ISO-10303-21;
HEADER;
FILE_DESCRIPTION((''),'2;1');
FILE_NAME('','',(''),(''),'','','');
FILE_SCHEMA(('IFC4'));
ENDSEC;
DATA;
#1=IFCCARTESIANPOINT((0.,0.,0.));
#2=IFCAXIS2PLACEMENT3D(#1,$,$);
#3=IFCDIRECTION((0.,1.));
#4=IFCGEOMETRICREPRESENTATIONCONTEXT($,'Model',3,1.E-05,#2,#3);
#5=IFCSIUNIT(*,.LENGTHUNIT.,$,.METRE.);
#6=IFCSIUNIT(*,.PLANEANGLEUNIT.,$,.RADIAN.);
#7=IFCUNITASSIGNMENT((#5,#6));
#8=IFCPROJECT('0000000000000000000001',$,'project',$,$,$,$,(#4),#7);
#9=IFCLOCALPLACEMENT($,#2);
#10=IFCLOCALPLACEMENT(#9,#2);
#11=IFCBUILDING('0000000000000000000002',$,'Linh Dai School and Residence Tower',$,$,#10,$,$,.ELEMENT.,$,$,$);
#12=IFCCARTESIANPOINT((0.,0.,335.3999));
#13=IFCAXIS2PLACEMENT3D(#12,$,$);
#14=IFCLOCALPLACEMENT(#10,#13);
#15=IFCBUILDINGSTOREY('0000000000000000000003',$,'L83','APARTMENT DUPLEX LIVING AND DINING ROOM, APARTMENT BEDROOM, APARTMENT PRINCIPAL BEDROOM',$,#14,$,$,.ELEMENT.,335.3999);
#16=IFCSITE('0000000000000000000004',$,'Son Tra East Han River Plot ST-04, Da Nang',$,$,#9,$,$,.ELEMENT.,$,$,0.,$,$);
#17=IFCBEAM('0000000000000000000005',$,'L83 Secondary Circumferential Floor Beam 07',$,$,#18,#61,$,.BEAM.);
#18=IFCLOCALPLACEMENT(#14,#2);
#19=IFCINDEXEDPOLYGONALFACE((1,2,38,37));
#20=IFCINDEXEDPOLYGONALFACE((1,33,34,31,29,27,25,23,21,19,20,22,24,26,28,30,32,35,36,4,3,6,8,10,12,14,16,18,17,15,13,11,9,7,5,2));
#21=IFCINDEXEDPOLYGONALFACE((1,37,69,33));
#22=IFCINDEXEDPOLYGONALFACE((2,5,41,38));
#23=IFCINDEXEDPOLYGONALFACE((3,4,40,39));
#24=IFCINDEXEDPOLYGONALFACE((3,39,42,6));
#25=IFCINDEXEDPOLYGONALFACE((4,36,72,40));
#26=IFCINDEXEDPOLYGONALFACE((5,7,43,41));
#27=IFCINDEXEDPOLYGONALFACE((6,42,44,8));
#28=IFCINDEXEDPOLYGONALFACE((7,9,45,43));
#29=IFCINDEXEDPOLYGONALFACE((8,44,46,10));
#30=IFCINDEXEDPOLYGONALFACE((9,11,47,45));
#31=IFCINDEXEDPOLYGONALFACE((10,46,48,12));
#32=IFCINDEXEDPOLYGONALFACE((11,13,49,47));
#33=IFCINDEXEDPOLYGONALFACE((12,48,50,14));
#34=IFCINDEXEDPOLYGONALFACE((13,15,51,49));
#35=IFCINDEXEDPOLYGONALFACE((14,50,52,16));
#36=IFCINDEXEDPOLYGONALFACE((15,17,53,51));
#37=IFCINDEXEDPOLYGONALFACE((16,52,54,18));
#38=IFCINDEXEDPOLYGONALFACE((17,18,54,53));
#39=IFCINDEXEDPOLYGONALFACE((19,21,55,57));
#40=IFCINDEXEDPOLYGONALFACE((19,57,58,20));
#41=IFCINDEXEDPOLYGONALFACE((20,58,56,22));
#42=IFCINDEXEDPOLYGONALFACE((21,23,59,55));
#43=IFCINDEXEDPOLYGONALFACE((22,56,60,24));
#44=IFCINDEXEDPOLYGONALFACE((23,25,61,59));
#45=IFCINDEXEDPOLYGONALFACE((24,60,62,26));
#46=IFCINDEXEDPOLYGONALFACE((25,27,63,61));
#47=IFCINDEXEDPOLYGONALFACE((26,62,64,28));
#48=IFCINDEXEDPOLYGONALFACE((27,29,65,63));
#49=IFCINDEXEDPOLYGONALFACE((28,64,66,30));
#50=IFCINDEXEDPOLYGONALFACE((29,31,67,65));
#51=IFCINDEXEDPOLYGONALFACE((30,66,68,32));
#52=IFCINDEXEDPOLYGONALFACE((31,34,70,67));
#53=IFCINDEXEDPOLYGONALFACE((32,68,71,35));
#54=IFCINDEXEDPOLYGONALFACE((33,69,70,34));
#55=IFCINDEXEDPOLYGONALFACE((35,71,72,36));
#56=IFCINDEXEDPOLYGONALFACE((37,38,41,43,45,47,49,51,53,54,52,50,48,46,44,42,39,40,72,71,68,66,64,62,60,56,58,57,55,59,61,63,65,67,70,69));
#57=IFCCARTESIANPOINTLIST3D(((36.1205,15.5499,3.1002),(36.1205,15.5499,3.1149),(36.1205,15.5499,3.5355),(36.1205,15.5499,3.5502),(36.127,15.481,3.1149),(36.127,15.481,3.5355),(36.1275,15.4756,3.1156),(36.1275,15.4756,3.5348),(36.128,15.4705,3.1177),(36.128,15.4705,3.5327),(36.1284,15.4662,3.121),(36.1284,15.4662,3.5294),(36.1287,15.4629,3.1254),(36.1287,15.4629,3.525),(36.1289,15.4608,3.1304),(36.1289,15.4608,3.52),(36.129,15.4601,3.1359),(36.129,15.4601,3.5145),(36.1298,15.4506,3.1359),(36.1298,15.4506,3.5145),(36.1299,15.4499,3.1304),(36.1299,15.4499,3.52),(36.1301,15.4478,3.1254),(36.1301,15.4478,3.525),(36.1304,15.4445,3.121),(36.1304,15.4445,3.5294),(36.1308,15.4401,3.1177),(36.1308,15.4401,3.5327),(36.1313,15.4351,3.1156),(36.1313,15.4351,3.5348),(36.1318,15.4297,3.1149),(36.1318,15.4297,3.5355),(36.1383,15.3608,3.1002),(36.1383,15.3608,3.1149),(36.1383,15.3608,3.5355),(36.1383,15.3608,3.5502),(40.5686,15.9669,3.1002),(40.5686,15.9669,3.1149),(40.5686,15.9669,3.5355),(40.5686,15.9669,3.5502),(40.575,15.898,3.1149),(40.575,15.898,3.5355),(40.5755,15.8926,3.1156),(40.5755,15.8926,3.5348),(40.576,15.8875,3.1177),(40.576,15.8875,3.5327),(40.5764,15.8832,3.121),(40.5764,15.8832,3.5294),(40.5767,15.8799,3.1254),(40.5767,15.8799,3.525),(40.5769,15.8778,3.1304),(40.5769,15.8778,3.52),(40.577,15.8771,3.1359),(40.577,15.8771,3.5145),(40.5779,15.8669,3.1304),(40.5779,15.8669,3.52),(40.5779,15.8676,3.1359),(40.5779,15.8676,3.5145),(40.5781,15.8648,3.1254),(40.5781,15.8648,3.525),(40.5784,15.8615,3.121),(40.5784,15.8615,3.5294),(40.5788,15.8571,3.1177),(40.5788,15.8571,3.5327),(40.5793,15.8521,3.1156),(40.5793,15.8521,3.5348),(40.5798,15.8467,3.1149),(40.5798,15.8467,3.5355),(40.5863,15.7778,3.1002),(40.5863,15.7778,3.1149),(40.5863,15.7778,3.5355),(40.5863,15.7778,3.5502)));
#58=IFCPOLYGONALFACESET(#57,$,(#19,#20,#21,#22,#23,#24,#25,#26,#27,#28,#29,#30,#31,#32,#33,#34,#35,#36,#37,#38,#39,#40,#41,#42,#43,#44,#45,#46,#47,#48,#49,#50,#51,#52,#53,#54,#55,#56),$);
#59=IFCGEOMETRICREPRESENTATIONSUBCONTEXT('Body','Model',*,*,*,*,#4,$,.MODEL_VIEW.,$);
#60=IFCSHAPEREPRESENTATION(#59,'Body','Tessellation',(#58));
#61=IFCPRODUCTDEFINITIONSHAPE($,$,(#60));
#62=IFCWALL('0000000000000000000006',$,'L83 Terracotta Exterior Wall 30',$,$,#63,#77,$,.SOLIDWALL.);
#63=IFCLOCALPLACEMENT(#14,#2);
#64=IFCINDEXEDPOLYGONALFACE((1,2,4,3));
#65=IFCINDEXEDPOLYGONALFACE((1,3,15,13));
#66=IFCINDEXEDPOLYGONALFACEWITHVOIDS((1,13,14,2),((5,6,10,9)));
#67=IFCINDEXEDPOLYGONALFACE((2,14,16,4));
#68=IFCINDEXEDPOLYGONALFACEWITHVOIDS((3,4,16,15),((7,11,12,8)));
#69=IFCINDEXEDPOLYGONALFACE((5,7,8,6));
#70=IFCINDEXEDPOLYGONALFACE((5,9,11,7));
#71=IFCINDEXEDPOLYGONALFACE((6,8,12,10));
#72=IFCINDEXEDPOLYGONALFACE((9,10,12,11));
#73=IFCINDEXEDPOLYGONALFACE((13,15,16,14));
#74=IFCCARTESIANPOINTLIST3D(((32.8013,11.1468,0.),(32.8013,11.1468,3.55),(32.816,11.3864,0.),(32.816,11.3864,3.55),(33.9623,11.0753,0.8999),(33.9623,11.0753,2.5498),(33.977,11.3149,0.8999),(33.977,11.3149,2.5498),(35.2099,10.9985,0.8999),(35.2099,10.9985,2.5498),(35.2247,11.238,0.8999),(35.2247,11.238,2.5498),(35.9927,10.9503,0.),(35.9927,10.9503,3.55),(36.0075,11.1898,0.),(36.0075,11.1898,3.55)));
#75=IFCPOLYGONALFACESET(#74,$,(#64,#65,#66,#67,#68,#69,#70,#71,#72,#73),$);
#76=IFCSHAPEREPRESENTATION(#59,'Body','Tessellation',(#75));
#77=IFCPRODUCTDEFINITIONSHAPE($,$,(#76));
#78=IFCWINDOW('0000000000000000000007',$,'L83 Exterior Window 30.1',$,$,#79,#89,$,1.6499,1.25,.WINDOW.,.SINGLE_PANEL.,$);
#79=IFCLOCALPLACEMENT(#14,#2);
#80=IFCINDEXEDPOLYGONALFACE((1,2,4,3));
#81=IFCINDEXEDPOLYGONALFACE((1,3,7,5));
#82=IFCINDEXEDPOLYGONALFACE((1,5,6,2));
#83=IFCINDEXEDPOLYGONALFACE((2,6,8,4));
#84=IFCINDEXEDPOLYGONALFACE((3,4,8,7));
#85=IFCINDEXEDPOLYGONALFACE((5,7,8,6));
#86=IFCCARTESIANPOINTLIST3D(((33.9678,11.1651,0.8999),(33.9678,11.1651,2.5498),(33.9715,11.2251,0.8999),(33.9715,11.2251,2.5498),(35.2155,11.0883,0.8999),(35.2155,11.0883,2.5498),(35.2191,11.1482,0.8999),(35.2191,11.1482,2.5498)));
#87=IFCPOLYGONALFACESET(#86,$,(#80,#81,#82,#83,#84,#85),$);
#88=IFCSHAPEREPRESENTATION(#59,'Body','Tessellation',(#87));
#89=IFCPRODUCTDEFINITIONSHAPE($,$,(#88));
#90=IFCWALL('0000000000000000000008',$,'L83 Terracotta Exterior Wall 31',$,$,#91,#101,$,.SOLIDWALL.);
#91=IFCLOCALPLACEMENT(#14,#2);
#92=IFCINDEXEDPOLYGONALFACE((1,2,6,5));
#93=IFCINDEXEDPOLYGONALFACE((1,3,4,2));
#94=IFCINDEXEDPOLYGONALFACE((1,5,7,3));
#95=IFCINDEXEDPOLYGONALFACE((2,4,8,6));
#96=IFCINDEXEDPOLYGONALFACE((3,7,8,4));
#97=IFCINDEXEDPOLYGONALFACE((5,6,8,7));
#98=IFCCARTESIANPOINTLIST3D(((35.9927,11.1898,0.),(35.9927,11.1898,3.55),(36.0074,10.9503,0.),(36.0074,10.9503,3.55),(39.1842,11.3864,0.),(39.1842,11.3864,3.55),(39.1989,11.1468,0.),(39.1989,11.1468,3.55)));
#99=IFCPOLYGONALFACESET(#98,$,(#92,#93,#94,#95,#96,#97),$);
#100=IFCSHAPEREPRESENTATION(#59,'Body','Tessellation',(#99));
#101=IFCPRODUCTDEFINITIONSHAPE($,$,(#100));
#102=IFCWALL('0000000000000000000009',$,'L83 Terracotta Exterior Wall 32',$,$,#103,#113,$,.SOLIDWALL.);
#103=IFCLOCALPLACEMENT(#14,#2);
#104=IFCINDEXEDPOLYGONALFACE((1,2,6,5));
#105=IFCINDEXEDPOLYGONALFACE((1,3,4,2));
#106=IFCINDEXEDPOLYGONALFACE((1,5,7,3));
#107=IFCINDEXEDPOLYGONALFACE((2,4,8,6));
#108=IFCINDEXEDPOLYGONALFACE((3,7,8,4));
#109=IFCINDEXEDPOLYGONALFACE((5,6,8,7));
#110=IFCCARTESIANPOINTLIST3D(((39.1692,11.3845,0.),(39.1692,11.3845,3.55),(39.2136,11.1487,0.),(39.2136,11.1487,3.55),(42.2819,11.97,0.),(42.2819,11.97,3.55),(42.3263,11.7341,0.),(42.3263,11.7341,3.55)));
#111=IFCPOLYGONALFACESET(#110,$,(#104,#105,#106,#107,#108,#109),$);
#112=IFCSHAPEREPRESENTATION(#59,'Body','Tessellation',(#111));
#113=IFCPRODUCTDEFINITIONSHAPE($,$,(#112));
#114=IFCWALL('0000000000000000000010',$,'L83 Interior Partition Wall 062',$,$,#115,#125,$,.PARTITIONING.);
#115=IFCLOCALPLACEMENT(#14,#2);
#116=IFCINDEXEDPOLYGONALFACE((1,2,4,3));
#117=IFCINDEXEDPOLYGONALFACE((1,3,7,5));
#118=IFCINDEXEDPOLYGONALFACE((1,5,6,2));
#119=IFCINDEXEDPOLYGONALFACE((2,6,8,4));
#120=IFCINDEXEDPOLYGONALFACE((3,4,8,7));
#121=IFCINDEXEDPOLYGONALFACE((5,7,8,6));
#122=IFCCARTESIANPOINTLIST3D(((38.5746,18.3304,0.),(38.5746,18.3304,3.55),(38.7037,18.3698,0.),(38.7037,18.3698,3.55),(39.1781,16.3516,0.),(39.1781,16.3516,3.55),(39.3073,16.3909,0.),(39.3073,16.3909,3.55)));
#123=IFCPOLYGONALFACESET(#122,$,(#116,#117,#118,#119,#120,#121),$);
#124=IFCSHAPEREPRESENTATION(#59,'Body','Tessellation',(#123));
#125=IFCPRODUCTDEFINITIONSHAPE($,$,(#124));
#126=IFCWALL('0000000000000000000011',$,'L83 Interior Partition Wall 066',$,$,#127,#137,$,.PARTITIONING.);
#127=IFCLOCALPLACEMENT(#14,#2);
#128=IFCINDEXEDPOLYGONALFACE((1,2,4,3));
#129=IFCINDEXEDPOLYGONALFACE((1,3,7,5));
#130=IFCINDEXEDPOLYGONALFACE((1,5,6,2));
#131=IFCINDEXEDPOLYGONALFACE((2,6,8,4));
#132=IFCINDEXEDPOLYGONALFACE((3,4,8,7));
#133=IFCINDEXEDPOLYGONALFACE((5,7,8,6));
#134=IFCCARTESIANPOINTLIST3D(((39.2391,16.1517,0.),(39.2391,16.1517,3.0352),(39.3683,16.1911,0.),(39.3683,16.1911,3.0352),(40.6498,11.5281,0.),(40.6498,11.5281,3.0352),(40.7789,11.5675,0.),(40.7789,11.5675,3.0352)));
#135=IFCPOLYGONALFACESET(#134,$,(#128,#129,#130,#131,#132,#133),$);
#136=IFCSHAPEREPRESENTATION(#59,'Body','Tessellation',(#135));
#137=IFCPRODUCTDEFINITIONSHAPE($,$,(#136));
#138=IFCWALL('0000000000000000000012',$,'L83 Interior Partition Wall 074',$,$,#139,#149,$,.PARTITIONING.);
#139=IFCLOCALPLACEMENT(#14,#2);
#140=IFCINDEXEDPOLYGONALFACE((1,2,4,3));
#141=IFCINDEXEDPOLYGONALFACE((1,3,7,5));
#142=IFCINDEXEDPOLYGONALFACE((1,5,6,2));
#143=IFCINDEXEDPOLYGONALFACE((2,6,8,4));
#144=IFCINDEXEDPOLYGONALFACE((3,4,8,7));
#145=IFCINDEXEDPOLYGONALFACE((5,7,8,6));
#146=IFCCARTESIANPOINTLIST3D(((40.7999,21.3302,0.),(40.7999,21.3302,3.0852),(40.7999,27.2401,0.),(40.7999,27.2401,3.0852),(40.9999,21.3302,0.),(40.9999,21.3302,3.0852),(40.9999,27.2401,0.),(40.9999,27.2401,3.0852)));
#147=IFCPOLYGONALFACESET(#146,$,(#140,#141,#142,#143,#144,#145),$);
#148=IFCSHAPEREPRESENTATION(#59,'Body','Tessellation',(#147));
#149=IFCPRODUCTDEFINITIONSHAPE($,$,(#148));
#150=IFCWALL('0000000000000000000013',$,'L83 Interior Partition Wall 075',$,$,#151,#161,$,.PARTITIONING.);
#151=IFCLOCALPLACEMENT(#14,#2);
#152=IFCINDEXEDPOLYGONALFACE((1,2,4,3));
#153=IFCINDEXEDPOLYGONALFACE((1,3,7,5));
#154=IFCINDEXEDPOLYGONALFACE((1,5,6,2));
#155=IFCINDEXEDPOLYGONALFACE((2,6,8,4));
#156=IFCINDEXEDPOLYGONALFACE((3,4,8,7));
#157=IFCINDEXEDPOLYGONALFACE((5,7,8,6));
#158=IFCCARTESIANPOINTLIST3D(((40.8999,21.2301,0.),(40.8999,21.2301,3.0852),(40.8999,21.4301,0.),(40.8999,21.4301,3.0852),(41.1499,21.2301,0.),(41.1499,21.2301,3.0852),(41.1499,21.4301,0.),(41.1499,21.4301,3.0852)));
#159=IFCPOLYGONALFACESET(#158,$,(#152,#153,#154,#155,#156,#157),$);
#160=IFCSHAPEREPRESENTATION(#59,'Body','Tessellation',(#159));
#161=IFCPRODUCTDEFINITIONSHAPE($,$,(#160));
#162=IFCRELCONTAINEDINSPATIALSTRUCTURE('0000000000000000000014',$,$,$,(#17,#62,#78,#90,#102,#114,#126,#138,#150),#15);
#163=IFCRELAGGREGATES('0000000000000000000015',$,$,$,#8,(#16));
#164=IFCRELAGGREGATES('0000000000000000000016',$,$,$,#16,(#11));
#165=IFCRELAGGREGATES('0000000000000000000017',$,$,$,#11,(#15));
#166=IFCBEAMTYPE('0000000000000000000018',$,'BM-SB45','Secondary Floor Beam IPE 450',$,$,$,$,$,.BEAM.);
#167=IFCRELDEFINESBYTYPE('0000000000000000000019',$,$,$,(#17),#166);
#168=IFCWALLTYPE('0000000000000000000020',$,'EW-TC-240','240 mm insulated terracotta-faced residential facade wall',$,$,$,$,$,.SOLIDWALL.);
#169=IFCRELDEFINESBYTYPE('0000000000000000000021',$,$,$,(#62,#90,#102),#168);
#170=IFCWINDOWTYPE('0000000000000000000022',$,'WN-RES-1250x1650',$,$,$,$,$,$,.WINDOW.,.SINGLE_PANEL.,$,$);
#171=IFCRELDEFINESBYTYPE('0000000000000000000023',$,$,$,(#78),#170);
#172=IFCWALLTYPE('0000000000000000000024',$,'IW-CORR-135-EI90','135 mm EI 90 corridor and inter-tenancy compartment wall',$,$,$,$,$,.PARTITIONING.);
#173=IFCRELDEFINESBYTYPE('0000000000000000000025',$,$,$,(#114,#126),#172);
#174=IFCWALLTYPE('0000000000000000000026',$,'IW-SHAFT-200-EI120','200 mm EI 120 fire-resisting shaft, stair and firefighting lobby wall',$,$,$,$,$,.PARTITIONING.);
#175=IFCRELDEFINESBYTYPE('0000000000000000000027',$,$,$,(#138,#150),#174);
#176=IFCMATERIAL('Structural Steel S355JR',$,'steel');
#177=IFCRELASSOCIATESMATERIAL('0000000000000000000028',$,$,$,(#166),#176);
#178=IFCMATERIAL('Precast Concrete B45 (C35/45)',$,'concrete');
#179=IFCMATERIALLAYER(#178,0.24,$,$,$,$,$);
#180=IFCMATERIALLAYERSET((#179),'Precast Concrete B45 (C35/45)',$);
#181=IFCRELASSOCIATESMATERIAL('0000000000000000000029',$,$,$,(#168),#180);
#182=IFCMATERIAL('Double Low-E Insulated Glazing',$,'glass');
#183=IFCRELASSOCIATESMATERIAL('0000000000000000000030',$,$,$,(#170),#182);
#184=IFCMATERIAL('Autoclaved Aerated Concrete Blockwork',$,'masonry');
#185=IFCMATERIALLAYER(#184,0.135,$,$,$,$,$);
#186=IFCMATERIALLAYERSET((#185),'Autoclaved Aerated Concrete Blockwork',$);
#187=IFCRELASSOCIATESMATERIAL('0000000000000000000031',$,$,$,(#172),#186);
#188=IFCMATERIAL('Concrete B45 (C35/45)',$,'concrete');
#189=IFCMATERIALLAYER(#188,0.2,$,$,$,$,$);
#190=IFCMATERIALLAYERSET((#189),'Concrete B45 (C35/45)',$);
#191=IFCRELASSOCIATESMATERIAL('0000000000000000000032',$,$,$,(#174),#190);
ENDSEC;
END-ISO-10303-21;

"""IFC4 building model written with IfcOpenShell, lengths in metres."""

from ifc_helpers import new_model, si_unit, direction, frame, frame_2d, origin, origin_2d, place, context, subcontext, project, spatial, rectangle, i_section, extrude, source, transform, mapped, material, layer, layer_set, material_profile, profile_set, type_object, element, fill, save


model = new_model("IFC4")

# Units and contexts
model_context = context("Model", 3, precision=1e-05, world=origin(), true_north=direction((0.0, 1.0)))
body_context = subcontext(model_context, "Body", "Model", "MODEL_VIEW")
ifc_project = project(units=[si_unit("LENGTHUNIT", "METRE"), si_unit("PLANEANGLEUNIT", "RADIAN")], contexts=[model_context])

# Site, building, storey
site_placement = place(None, origin())
site = spatial("IfcSite", under=ifc_project, at=site_placement, Name="Son Tra East Han River Plot ST-04, Da Nang", CompositionType="ELEMENT", RefElevation=0.0)
building_placement = place(site_placement, origin())
building = spatial("IfcBuilding", under=site, at=building_placement, Name="Linh Dai School and Residence Tower", CompositionType="ELEMENT")
storey_placement = place(building_placement, frame((0.0, 0.0, 335.3999)))
storey = spatial("IfcBuildingStorey", under=building, at=storey_placement, Name="L83", Description="APARTMENT DUPLEX LIVING AND DINING ROOM, APARTMENT BEDROOM, APARTMENT PRINCIPAL BEDROOM", CompositionType="ELEMENT", Elevation=335.3999)

# Shared definitions
ifc_material_1 = material(Name="Structural Steel S355JR", Category="steel")

# Beam
ifc_material_profile_1 = material_profile(ifc_material_1, i_section(OverallWidth=0.1899, OverallDepth=0.45, WebThickness=0.0095, FlangeThickness=0.0146, FilletRadius=0.021, at=origin_2d()), Name="IPE 450")
ifc_profile_set_1 = profile_set([ifc_material_profile_1], Name="Structural Steel S355JR")
beam_type_1 = type_object("IfcBeamType", Name="BM-SB45", Description="Secondary Floor Beam IPE 450", PredefinedType="BEAM", material=ifc_profile_set_1)
beam_1_placement = place(storey_placement, frame((36.1294, 15.4553, 3.3252), z_axis=(0.995634, 0.093339, 0.0), x_axis=(-0.093339, 0.995634, 0.0)))
element("IfcBeam", 1, at=beam_1_placement, inside=storey, type_object=beam_type_1, Name="L83 Secondary Circumferential Floor Beam 07", PredefinedType="BEAM", context=body_context, shape_type="SweptSolid", body=[
    extrude(i_section(OverallWidth=0.1899, OverallDepth=0.45, WebThickness=0.0095, FlangeThickness=0.0146, FilletRadius=0.021, at=origin_2d()), origin(), (0.0, 0.0, 1.0), 4.4675),
])

# Wall, opening, window
ifc_material_2 = material(Name="Precast Concrete B45 (C35/45)", Category="concrete")
ifc_layer_1 = layer(ifc_material_2, 0.24)
ifc_layer_set_1 = layer_set([ifc_layer_1], Name="Precast Concrete B45 (C35/45)")
wall_type_1 = type_object("IfcWallType", Name="EW-TC-240", Description="240 mm insulated terracotta-faced residential facade wall", PredefinedType="SOLIDWALL", material=ifc_layer_set_1)
wall_1_placement = place(storey_placement, frame((36.0, 11.0701, 0.0), z_axis=(0.0, 0.0, 1.0), x_axis=(-0.998109, 0.061466, 0.0)))
wall_1 = element("IfcWall", 2, at=wall_1_placement, inside=storey, type_object=wall_type_1, Name="L83 Terracotta Exterior Wall 30", PredefinedType="SOLIDWALL", context=body_context, shape_type="SweptSolid", body=[
    extrude(rectangle(XDim=3.1975, YDim=0.24, at=frame_2d((1.5986, 0.0))), origin(), (0.0, 0.0, 1.0), 3.55),
])
opening_1_placement = place(wall_1_placement, frame((0.7842, 0.0, 0.8999)))
opening_1 = element("IfcOpeningElement", 3, at=opening_1_placement, cuts=wall_1, PredefinedType="OPENING", context=body_context, shape_type="SweptSolid", body=[
    extrude(rectangle(XDim=1.25, YDim=1.6499, at=origin_2d()), frame((0.625, 0.1299, 0.825), z_axis=(0.0, -1.0, 0.0), x_axis=(1.0, 0.0, 0.0)), (0.0, 0.0, 1.0), 0.26),
])
ifc_material_3 = material(Name="Double Low-E Insulated Glazing", Category="glass")
window_type = type_object("IfcWindowType", Name="WN-RES-1250x1650", PartitioningType="SINGLE_PANEL", PredefinedType="WINDOW", material=ifc_material_3)
shared_shape_1 = source(origin(), body_context, "Body", "SweptSolid", [
    extrude(rectangle(XDim=1.25, YDim=1.6499, at=origin_2d()), frame((0.625, 0.03, 0.825), z_axis=(0.0, -1.0, 0.0), x_axis=(1.0, 0.0, 0.0)), (0.0, 0.0, 1.0), 0.0601),
])
window_placement = place(opening_1_placement, origin())
window = element("IfcWindow", 4, at=window_placement, inside=storey, type_object=window_type, Name="L83 Exterior Window 30.1", OverallHeight=1.6499, OverallWidth=1.25, PartitioningType="SINGLE_PANEL", PredefinedType="WINDOW", context=body_context, shape_type="MappedRepresentation", body=[
    mapped(shared_shape_1, transform((0.0, 0.0, 0.0), x_axis=(1.0, 0.0, 0.0), y_axis=(0.0, 1.0, 0.0), z_axis=(0.0, 0.0, 1.0), scale=1.0)),
])
fill(opening_1, window)

# Walls
wall_2_placement = place(storey_placement, frame((39.1914, 11.2666, 0.0), z_axis=(0.0, 0.0, 1.0), x_axis=(-0.998109, -0.061466, 0.0)))
element("IfcWall", 5, at=wall_2_placement, inside=storey, type_object=wall_type_1, Name="L83 Terracotta Exterior Wall 31", PredefinedType="SOLIDWALL", context=body_context, shape_type="SweptSolid", body=[
    extrude(rectangle(XDim=3.1975, YDim=0.24, at=frame_2d((1.5986, 0.0))), origin(), (0.0, 0.0, 1.0), 3.55),
])
wall_3_placement = place(storey_placement, frame((42.304, 11.8521, 0.0), z_axis=(0.0, 0.0, 1.0), x_axis=(-0.982766, -0.184852, 0.0)))
element("IfcWall", 6, at=wall_3_placement, inside=storey, type_object=wall_type_1, Name="L83 Terracotta Exterior Wall 32", PredefinedType="SOLIDWALL", context=body_context, shape_type="SweptSolid", body=[
    extrude(rectangle(XDim=3.1672, YDim=0.24, at=frame_2d((1.5835, 0.0))), origin(), (0.0, 0.0, 1.0), 3.55),
])
ifc_material_4 = material(Name="Autoclaved Aerated Concrete Blockwork", Category="masonry")
ifc_layer_2 = layer(ifc_material_4, 0.135)
ifc_layer_set_2 = layer_set([ifc_layer_2], Name="Autoclaved Aerated Concrete Blockwork")
wall_type_2 = type_object("IfcWallType", Name="IW-CORR-135-EI90", Description="135 mm EI 90 corridor and inter-tenancy compartment wall", PredefinedType="PARTITIONING", material=ifc_layer_set_2)
wall_4_placement = place(storey_placement, frame((38.6392, 18.3501, 0.0), z_axis=(0.0, 0.0, 1.0), x_axis=(0.29173, -0.956501, 0.0)))
element("IfcWall", 7, at=wall_4_placement, inside=storey, type_object=wall_type_2, Name="L83 Interior Partition Wall 062", PredefinedType="PARTITIONING", context=body_context, shape_type="SweptSolid", body=[
    extrude(rectangle(XDim=2.0688, YDim=0.135, at=frame_2d((1.0344, 0.0))), origin(), (0.0, 0.0, 1.0), 3.55),
])
wall_5_placement = place(storey_placement, frame((39.3037, 16.1714, 0.0), z_axis=(0.0, 0.0, 1.0), x_axis=(0.291821, -0.956473, 0.0)))
element("IfcWall", 8, at=wall_5_placement, inside=storey, type_object=wall_type_2, Name="L83 Interior Partition Wall 066", PredefinedType="PARTITIONING", context=body_context, shape_type="SweptSolid", body=[
    extrude(rectangle(XDim=4.834, YDim=0.135, at=frame_2d((2.417, 0.0))), origin(), (0.0, 0.0, 1.0), 3.0352),
])
ifc_material_5 = material(Name="Concrete B45 (C35/45)", Category="concrete")
ifc_layer_3 = layer(ifc_material_5, 0.2)
ifc_layer_set_3 = layer_set([ifc_layer_3], Name="Concrete B45 (C35/45)")
wall_type_3 = type_object("IfcWallType", Name="IW-SHAFT-200-EI120", Description="200 mm EI 120 fire-resisting shaft, stair and firefighting lobby wall", PredefinedType="PARTITIONING", material=ifc_layer_set_3)
wall_6_placement = place(storey_placement, frame((40.8999, 21.3301, 0.0), z_axis=(0.0, 0.0, 1.0), x_axis=(0.0, 1.0, 0.0)))
element("IfcWall", 9, at=wall_6_placement, inside=storey, type_object=wall_type_3, Name="L83 Interior Partition Wall 074", PredefinedType="PARTITIONING", context=body_context, shape_type="SweptSolid", body=[
    extrude(rectangle(XDim=5.9099, YDim=0.2, at=frame_2d((2.9551, 0.0))), origin(), (0.0, 0.0, 1.0), 3.0852),
])
wall_7_placement = place(storey_placement, frame((40.8999, 21.3301, 0.0), z_axis=(0.0, 0.0, 1.0), x_axis=(1.0, 0.0, 0.0)))
element("IfcWall", 10, at=wall_7_placement, inside=storey, type_object=wall_type_3, Name="L83 Interior Partition Wall 075", PredefinedType="PARTITIONING", context=body_context, shape_type="SweptSolid", body=[
    extrude(rectangle(XDim=0.25, YDim=0.2, at=frame_2d((0.125, 0.0))), origin(), (0.0, 0.0, 1.0), 3.0852),
])

save(model, "model.ifc")
